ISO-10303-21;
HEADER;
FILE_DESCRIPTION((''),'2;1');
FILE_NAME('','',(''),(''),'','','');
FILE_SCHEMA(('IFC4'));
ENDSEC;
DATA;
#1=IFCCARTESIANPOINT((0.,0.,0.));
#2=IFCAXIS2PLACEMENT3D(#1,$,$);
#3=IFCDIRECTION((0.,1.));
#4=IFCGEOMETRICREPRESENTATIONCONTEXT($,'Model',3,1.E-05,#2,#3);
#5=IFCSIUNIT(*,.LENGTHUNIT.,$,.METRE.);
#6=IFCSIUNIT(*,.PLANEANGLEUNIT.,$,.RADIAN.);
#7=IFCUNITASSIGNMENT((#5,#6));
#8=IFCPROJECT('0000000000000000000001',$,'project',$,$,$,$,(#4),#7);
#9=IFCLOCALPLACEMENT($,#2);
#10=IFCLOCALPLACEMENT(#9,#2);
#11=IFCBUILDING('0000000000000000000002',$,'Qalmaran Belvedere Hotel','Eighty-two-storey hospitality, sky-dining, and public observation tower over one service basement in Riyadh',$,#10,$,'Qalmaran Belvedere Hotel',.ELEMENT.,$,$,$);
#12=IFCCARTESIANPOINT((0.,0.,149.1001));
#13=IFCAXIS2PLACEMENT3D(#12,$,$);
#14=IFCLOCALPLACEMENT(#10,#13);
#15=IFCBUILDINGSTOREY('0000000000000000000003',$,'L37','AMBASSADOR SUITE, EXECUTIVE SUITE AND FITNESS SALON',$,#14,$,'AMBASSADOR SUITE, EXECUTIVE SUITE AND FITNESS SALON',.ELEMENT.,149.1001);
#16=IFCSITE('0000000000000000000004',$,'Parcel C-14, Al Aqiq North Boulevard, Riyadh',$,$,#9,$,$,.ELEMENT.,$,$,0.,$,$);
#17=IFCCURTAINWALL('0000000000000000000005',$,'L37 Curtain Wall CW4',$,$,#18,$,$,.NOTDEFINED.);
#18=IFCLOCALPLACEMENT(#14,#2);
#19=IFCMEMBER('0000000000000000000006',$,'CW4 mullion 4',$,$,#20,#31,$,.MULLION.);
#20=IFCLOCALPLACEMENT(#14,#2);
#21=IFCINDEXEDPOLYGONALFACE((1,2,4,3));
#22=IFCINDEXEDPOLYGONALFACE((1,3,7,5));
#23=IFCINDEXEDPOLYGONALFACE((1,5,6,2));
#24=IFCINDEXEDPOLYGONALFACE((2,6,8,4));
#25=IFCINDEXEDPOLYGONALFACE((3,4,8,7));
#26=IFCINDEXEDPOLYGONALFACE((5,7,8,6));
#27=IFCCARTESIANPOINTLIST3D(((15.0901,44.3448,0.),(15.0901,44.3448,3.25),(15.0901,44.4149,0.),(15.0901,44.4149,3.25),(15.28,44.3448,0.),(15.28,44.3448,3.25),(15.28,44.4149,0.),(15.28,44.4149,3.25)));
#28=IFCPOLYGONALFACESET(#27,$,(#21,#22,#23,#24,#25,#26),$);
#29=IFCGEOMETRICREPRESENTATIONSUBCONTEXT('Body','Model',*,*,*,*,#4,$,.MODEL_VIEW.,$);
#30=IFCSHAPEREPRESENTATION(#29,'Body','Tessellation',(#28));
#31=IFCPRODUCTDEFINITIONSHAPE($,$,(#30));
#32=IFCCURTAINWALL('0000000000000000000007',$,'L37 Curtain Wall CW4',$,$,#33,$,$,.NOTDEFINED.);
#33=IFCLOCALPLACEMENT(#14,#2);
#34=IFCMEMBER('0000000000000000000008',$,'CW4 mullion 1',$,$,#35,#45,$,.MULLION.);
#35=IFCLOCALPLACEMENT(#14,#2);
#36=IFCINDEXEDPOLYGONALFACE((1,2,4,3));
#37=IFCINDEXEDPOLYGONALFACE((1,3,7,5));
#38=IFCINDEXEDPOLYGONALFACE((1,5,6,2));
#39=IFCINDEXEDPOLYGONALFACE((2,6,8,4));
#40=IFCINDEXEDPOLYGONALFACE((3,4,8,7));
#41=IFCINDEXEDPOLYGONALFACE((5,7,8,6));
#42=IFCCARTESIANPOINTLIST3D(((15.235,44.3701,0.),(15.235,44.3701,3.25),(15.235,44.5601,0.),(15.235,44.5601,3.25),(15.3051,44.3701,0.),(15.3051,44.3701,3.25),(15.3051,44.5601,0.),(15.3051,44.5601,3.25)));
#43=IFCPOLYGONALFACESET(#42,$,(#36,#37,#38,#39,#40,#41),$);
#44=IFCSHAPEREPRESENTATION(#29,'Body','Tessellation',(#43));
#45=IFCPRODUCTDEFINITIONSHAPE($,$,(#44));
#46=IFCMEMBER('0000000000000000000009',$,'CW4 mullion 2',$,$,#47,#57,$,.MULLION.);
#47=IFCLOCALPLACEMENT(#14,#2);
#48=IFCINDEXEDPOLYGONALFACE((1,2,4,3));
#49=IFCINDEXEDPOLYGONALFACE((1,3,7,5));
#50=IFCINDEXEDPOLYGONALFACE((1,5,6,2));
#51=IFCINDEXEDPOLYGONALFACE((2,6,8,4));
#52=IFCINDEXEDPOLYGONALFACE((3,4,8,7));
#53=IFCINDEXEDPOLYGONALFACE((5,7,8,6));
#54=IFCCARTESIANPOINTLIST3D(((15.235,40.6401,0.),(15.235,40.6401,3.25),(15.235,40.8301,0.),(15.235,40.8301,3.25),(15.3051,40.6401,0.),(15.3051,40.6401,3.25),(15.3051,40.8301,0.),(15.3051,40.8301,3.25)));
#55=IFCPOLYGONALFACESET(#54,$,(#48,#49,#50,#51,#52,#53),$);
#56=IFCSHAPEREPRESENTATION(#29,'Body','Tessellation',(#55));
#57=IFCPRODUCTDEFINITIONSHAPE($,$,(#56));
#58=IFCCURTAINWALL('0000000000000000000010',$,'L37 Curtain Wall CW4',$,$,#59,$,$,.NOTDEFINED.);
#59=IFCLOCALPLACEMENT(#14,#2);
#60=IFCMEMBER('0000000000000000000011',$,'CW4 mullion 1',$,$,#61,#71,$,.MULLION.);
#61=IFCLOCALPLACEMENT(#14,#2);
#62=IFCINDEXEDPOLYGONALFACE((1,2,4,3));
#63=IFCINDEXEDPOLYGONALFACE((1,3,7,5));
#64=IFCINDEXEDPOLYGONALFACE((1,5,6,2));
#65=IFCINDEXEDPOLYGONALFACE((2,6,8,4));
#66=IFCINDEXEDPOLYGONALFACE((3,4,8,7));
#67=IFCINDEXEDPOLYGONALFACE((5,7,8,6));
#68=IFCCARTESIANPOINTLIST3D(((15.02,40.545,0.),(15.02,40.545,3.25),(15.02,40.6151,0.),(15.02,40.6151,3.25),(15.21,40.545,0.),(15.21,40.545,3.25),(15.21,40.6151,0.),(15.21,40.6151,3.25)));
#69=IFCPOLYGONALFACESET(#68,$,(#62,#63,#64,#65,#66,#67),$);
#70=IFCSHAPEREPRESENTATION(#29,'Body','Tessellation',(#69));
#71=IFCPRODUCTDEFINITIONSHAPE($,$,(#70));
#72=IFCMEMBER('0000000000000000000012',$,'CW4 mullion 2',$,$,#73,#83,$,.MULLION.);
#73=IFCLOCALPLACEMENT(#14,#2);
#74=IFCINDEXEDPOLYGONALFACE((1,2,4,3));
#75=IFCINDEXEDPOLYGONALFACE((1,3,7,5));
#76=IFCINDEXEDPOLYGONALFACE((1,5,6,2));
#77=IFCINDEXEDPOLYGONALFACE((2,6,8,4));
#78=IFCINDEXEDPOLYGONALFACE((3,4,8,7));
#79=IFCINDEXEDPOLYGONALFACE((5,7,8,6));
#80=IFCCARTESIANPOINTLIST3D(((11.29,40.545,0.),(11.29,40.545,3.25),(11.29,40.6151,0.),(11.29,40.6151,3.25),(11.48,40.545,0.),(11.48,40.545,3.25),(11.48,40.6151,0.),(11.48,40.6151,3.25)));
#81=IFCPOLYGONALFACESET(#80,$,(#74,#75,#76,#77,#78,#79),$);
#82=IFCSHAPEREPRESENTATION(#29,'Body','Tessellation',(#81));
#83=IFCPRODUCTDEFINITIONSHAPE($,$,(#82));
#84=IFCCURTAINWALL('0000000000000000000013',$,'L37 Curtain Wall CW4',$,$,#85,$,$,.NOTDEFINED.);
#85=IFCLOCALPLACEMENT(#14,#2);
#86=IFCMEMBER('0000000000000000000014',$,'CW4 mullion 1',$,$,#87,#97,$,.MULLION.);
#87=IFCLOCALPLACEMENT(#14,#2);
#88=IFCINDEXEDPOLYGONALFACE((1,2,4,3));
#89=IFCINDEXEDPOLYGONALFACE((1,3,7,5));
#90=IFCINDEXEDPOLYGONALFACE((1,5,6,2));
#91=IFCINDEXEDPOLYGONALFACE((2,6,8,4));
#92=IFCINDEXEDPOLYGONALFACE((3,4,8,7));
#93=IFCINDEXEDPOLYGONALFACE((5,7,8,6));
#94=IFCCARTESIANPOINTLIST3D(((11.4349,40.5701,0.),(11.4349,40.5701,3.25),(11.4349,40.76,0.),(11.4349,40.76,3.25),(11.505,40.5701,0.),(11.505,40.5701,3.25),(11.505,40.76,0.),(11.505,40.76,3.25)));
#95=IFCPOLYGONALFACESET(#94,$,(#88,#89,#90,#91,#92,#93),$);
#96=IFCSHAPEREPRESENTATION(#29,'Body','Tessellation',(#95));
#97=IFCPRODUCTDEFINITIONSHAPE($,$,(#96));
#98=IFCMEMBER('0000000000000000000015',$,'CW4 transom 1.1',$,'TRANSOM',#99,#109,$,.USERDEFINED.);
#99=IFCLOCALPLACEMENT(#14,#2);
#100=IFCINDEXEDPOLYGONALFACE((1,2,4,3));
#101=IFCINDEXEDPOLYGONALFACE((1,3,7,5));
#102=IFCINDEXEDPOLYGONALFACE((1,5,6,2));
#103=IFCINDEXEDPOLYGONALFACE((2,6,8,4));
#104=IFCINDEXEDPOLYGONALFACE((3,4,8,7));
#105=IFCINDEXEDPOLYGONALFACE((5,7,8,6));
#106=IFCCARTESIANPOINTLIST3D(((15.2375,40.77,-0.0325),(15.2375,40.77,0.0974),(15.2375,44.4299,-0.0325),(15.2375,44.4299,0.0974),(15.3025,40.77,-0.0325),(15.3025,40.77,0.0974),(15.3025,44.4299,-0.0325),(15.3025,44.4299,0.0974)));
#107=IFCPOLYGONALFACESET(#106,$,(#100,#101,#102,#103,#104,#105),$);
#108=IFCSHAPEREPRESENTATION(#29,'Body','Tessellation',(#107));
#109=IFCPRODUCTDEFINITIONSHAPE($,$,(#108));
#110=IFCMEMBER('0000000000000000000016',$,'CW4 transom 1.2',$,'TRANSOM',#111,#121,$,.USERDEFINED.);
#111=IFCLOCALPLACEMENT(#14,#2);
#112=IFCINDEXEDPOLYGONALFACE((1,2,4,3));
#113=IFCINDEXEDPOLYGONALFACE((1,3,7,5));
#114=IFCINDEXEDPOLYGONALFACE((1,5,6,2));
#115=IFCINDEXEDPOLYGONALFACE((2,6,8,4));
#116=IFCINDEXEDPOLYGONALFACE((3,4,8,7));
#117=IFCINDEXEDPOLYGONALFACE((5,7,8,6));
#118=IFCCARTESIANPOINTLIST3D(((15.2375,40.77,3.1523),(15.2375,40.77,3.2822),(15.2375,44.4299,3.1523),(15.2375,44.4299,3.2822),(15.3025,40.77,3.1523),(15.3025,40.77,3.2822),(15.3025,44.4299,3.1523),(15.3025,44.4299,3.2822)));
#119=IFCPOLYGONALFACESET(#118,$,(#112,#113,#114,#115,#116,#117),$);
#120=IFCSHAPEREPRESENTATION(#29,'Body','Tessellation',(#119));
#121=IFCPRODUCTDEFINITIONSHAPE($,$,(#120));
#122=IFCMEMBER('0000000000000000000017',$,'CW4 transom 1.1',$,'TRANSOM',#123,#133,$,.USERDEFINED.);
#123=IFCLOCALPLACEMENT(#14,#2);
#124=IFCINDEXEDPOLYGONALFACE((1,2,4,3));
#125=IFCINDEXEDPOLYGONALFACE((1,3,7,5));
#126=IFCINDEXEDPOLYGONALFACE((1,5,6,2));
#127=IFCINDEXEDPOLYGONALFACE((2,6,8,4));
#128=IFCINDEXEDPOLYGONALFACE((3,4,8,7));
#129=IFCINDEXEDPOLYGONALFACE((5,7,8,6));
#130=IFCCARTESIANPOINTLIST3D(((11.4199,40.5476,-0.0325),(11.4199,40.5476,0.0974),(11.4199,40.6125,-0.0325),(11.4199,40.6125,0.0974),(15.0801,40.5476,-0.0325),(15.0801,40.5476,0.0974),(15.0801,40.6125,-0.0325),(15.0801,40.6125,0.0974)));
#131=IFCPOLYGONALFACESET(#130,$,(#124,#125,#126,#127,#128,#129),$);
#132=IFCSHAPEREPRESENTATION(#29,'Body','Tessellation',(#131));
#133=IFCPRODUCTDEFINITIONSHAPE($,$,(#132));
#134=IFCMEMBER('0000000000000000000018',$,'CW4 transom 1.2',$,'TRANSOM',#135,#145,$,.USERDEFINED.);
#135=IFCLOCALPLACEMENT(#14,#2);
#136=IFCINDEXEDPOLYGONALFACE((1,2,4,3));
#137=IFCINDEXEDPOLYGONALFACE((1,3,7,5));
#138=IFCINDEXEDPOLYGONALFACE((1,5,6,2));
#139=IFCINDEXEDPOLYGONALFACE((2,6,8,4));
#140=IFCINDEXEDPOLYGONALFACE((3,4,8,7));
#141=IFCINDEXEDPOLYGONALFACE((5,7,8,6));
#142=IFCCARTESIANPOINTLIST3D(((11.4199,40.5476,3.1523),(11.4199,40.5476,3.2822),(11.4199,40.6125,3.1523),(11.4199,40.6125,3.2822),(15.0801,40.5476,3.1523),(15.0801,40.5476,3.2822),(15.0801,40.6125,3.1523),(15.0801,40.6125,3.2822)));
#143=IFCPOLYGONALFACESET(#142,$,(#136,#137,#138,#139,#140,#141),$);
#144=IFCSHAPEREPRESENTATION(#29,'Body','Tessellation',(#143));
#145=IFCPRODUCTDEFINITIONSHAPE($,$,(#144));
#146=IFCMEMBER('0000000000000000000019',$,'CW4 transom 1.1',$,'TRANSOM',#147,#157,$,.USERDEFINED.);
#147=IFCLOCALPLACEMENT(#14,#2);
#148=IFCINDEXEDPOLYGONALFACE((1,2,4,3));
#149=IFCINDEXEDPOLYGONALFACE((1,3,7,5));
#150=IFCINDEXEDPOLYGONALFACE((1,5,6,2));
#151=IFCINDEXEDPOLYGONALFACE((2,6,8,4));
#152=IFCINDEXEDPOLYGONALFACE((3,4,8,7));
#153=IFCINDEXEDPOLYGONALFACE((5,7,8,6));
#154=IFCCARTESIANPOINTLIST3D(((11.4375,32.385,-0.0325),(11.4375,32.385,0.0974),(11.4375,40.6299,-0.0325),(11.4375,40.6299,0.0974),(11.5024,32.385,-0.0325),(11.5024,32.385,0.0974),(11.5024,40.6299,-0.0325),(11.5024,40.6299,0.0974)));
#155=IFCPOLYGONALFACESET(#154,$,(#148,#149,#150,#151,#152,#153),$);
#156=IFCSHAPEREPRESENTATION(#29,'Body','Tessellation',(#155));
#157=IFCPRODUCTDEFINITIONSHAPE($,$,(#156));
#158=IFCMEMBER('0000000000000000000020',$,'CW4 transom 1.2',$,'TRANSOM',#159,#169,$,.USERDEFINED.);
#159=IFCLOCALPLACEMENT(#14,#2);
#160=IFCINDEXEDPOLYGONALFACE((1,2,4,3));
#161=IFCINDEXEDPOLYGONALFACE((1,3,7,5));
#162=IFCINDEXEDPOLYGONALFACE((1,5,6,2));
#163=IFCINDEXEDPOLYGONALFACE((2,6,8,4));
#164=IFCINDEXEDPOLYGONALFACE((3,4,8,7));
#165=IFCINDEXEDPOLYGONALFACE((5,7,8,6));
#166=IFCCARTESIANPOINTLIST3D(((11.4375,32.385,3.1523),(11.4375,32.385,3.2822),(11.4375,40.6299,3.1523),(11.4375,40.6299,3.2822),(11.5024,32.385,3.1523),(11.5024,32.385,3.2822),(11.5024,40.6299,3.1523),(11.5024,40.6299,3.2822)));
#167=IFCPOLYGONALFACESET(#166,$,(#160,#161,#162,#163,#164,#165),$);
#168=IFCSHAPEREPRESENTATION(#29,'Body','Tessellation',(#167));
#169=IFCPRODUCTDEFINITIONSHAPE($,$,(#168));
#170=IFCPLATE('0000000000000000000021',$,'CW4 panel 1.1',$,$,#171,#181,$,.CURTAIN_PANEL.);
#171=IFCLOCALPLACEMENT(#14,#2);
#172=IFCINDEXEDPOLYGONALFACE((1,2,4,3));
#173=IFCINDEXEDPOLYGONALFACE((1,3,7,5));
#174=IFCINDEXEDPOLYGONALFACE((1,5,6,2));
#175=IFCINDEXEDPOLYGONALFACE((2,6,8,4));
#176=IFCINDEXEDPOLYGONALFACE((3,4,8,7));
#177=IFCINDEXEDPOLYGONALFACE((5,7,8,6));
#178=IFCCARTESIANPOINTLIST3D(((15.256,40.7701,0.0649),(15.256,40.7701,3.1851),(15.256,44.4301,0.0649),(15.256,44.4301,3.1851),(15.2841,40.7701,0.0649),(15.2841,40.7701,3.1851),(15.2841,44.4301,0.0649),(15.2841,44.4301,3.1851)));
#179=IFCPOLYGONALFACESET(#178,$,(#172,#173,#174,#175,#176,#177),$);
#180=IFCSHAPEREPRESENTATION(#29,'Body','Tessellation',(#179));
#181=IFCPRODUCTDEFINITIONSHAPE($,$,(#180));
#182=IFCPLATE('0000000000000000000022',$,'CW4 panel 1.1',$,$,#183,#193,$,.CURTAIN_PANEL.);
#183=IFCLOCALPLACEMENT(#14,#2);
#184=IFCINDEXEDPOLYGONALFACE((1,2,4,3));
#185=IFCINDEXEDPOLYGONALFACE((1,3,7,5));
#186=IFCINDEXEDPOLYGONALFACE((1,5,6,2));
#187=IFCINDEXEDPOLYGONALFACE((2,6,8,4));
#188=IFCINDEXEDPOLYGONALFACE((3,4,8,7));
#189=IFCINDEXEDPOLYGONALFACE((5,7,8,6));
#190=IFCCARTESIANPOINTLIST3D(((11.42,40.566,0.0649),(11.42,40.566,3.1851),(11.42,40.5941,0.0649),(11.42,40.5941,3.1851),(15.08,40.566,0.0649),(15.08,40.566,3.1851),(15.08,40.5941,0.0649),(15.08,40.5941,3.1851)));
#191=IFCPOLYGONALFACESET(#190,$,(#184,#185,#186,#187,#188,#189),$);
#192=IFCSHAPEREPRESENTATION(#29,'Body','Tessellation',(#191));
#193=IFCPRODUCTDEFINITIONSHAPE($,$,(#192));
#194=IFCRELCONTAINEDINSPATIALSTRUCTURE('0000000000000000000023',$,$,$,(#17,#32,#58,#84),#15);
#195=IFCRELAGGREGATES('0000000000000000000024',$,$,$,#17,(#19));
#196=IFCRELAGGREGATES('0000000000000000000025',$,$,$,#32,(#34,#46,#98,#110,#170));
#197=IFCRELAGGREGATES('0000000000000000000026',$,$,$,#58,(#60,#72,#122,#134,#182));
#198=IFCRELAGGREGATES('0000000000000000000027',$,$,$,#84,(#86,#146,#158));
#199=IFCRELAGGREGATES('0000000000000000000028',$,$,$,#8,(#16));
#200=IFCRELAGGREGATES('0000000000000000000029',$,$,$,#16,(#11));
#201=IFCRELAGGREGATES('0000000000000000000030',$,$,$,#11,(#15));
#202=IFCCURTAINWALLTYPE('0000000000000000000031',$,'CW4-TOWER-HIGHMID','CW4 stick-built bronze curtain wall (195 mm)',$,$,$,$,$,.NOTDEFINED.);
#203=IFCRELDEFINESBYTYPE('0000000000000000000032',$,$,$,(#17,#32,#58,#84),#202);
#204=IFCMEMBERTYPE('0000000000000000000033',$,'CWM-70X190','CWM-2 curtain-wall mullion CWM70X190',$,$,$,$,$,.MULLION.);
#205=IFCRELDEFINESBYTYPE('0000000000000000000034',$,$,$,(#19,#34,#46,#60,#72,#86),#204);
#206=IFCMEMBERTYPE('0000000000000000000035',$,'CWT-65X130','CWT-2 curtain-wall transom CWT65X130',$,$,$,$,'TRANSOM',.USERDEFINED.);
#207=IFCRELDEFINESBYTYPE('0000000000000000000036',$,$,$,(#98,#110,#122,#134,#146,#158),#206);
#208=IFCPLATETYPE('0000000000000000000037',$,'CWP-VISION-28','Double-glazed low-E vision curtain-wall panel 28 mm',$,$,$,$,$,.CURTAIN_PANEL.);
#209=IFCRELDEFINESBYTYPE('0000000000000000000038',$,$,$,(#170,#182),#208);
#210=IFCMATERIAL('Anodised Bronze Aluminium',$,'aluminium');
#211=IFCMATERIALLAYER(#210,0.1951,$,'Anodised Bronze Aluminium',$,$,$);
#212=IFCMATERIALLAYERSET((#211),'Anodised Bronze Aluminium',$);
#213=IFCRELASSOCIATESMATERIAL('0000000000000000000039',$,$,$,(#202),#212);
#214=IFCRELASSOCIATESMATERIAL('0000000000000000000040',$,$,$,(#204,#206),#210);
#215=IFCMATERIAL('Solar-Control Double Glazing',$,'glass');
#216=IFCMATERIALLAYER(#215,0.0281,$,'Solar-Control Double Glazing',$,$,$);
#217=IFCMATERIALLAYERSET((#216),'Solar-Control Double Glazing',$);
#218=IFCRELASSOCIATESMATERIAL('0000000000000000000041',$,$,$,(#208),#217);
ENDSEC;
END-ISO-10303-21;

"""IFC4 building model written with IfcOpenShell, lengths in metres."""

from ifc_helpers import new_model, si_unit, direction, frame, origin, origin_2d, place, context, subcontext, project, spatial, rectangle, extrude, material, layer, layer_set, material_profile, profile_set, type_object, element, aggregate, save


model = new_model("IFC4")

# Units and contexts
model_context = context("Model", 3, precision=1e-05, world=origin(), true_north=direction((0.0, 1.0)))
body_context = subcontext(model_context, "Body", "Model", "MODEL_VIEW")
ifc_project = project(units=[si_unit("LENGTHUNIT", "METRE"), si_unit("PLANEANGLEUNIT", "RADIAN")], contexts=[model_context])

# Site, building, storey
site_placement = place(None, origin())
site = spatial("IfcSite", under=ifc_project, at=site_placement, Name="Parcel C-14, Al Aqiq North Boulevard, Riyadh", CompositionType="ELEMENT", RefElevation=0.0)
building_placement = place(site_placement, origin())
building = spatial("IfcBuilding", under=site, at=building_placement, Name="Qalmaran Belvedere Hotel", Description="Eighty-two-storey hospitality, sky-dining, and public observation tower over one service basement in Riyadh", LongName="Qalmaran Belvedere Hotel", CompositionType="ELEMENT")
storey_placement = place(building_placement, frame((0.0, 0.0, 149.1001)))
storey = spatial("IfcBuildingStorey", under=building, at=storey_placement, Name="L37", Description="AMBASSADOR SUITE, EXECUTIVE SUITE AND FITNESS SALON", LongName="AMBASSADOR SUITE, EXECUTIVE SUITE AND FITNESS SALON", CompositionType="ELEMENT", Elevation=149.1001)

# Curtain wall, member
ifc_material_1 = material(Name="Anodised Bronze Aluminium", Category="aluminium")
ifc_layer_1 = layer(ifc_material_1, 0.1951, Name="Anodised Bronze Aluminium")
ifc_layer_set_1 = layer_set([ifc_layer_1], Name="Anodised Bronze Aluminium")
curtain_wall_type = type_object("IfcCurtainWallType", Name="CW4-TOWER-HIGHMID", Description="CW4 stick-built bronze curtain wall (195 mm)", PredefinedType="NOTDEFINED", material=ifc_layer_set_1)
curtain_wall_1_placement = place(storey_placement, origin())
curtain_wall_1 = element("IfcCurtainWall", 1, at=curtain_wall_1_placement, inside=storey, type_object=curtain_wall_type, Name="L37 Curtain Wall CW4", PredefinedType="NOTDEFINED")
ifc_material_profile_1 = material_profile(ifc_material_1, rectangle(XDim=0.0701, YDim=0.1899, at=origin_2d()), Name="CWM70X190")
ifc_profile_set_1 = profile_set([ifc_material_profile_1], Name="Anodised Bronze Aluminium")
member_type_1 = type_object("IfcMemberType", Name="CWM-70X190", Description="CWM-2 curtain-wall mullion CWM70X190", PredefinedType="MULLION", material=ifc_profile_set_1)
member_1_placement = place(storey_placement, frame((15.1851, 44.3799, 0.0), z_axis=(0.0, 0.0, 1.0), x_axis=(0.0, -1.0, 0.0)))
member_1 = element("IfcMember", 2, at=member_1_placement, type_object=member_type_1, Name="CW4 mullion 4", PredefinedType="MULLION", context=body_context, shape_type="SweptSolid", body=[
    extrude(rectangle(XDim=0.0701, YDim=0.1899, at=origin_2d()), origin(), (0.0, 0.0, 1.0), 3.25),
])
aggregate(curtain_wall_1, [member_1])

# Curtain walls, members
curtain_wall_2_placement = place(storey_placement, origin())
curtain_wall_2 = element("IfcCurtainWall", 3, at=curtain_wall_2_placement, inside=storey, type_object=curtain_wall_type, Name="L37 Curtain Wall CW4", PredefinedType="NOTDEFINED")
member_2_placement = place(storey_placement, frame((15.27, 44.4651, 0.0), z_axis=(0.0, 0.0, 1.0), x_axis=(1.0, 0.0, 0.0)))
member_2 = element("IfcMember", 4, at=member_2_placement, type_object=member_type_1, Name="CW4 mullion 1", PredefinedType="MULLION", context=body_context, shape_type="SweptSolid", body=[
    extrude(rectangle(XDim=0.0701, YDim=0.1899, at=origin_2d()), origin(), (0.0, 0.0, 1.0), 3.25),
])
member_3_placement = place(storey_placement, frame((15.27, 40.7351, 0.0), z_axis=(0.0, 0.0, 1.0), x_axis=(1.0, 0.0, 0.0)))
member_3 = element("IfcMember", 5, at=member_3_placement, type_object=member_type_1, Name="CW4 mullion 2", PredefinedType="MULLION", context=body_context, shape_type="SweptSolid", body=[
    extrude(rectangle(XDim=0.0701, YDim=0.1899, at=origin_2d()), origin(), (0.0, 0.0, 1.0), 3.25),
])
curtain_wall_3_placement = place(storey_placement, origin())
curtain_wall_3 = element("IfcCurtainWall", 6, at=curtain_wall_3_placement, inside=storey, type_object=curtain_wall_type, Name="L37 Curtain Wall CW4", PredefinedType="NOTDEFINED")
member_4_placement = place(storey_placement, frame((15.115, 40.5801, 0.0), z_axis=(0.0, 0.0, 1.0), x_axis=(0.0, -1.0, 0.0)))
member_4 = element("IfcMember", 7, at=member_4_placement, type_object=member_type_1, Name="CW4 mullion 1", PredefinedType="MULLION", context=body_context, shape_type="SweptSolid", body=[
    extrude(rectangle(XDim=0.0701, YDim=0.1899, at=origin_2d()), origin(), (0.0, 0.0, 1.0), 3.25),
])
member_5_placement = place(storey_placement, frame((11.385, 40.5801, 0.0), z_axis=(0.0, 0.0, 1.0), x_axis=(0.0, -1.0, 0.0)))
member_5 = element("IfcMember", 8, at=member_5_placement, type_object=member_type_1, Name="CW4 mullion 2", PredefinedType="MULLION", context=body_context, shape_type="SweptSolid", body=[
    extrude(rectangle(XDim=0.0701, YDim=0.1899, at=origin_2d()), origin(), (0.0, 0.0, 1.0), 3.25),
])

# Curtain wall, member
curtain_wall_4_placement = place(storey_placement, origin())
curtain_wall_4 = element("IfcCurtainWall", 9, at=curtain_wall_4_placement, inside=storey, type_object=curtain_wall_type, Name="L37 Curtain Wall CW4", PredefinedType="NOTDEFINED")
member_6_placement = place(storey_placement, frame((11.47, 40.665, 0.0), z_axis=(0.0, 0.0, 1.0), x_axis=(1.0, 0.0, 0.0)))
member_6 = element("IfcMember", 10, at=member_6_placement, type_object=member_type_1, Name="CW4 mullion 1", PredefinedType="MULLION", context=body_context, shape_type="SweptSolid", body=[
    extrude(rectangle(XDim=0.0701, YDim=0.1899, at=origin_2d()), origin(), (0.0, 0.0, 1.0), 3.25),
])

# Members
ifc_material_profile_2 = material_profile(ifc_material_1, rectangle(XDim=0.0649, YDim=0.1299, at=origin_2d()), Name="CWT65X130")
ifc_profile_set_2 = profile_set([ifc_material_profile_2], Name="Anodised Bronze Aluminium")
member_type_2 = type_object("IfcMemberType", Name="CWT-65X130", Description="CWT-2 curtain-wall transom CWT65X130", ElementType="TRANSOM", PredefinedType="USERDEFINED", material=ifc_profile_set_2)
member_7_placement = place(storey_placement, frame((15.27, 44.4299, 0.0325), z_axis=(0.0, -1.0, 0.0), x_axis=(1.0, 0.0, 0.0)))
member_7 = element("IfcMember", 11, at=member_7_placement, type_object=member_type_2, Name="CW4 transom 1.1", ObjectType="TRANSOM", PredefinedType="USERDEFINED", context=body_context, shape_type="SweptSolid", body=[
    extrude(rectangle(XDim=0.0649, YDim=0.1299, at=origin_2d()), origin(), (0.0, 0.0, 1.0), 3.6599),
])
member_8_placement = place(storey_placement, frame((15.27, 44.4299, 3.2173), z_axis=(0.0, -1.0, 0.0), x_axis=(1.0, 0.0, 0.0)))
member_8 = element("IfcMember", 12, at=member_8_placement, type_object=member_type_2, Name="CW4 transom 1.2", ObjectType="TRANSOM", PredefinedType="USERDEFINED", context=body_context, shape_type="SweptSolid", body=[
    extrude(rectangle(XDim=0.0649, YDim=0.1299, at=origin_2d()), origin(), (0.0, 0.0, 1.0), 3.6599),
])
member_9_placement = place(storey_placement, frame((15.0801, 40.5801, 0.0325), z_axis=(-1.0, 0.0, 0.0), x_axis=(0.0, -1.0, 0.0)))
member_9 = element("IfcMember", 13, at=member_9_placement, type_object=member_type_2, Name="CW4 transom 1.1", ObjectType="TRANSOM", PredefinedType="USERDEFINED", context=body_context, shape_type="SweptSolid", body=[
    extrude(rectangle(XDim=0.0649, YDim=0.1299, at=origin_2d()), origin(), (0.0, 0.0, 1.0), 3.6602),
])
member_10_placement = place(storey_placement, frame((15.0801, 40.5801, 3.2173), z_axis=(-1.0, 0.0, 0.0), x_axis=(0.0, -1.0, 0.0)))
member_10 = element("IfcMember", 14, at=member_10_placement, type_object=member_type_2, Name="CW4 transom 1.2", ObjectType="TRANSOM", PredefinedType="USERDEFINED", context=body_context, shape_type="SweptSolid", body=[
    extrude(rectangle(XDim=0.0649, YDim=0.1299, at=origin_2d()), origin(), (0.0, 0.0, 1.0), 3.6602),
])
member_11_placement = place(storey_placement, frame((11.47, 40.6299, 0.0325), z_axis=(0.0, -1.0, 0.0), x_axis=(1.0, 0.0, 0.0)))
member_11 = element("IfcMember", 15, at=member_11_placement, type_object=member_type_2, Name="CW4 transom 1.1", ObjectType="TRANSOM", PredefinedType="USERDEFINED", context=body_context, shape_type="SweptSolid", body=[
    extrude(rectangle(XDim=0.0649, YDim=0.1299, at=origin_2d()), origin(), (0.0, 0.0, 1.0), 8.2449),
])
member_12_placement = place(storey_placement, frame((11.47, 40.6299, 3.2173), z_axis=(0.0, -1.0, 0.0), x_axis=(1.0, 0.0, 0.0)))
member_12 = element("IfcMember", 16, at=member_12_placement, type_object=member_type_2, Name="CW4 transom 1.2", ObjectType="TRANSOM", PredefinedType="USERDEFINED", context=body_context, shape_type="SweptSolid", body=[
    extrude(rectangle(XDim=0.0649, YDim=0.1299, at=origin_2d()), origin(), (0.0, 0.0, 1.0), 8.2449),
])

# Plates
ifc_material_2 = material(Name="Solar-Control Double Glazing", Category="glass")
ifc_layer_2 = layer(ifc_material_2, 0.0281, Name="Solar-Control Double Glazing")
ifc_layer_set_2 = layer_set([ifc_layer_2], Name="Solar-Control Double Glazing")
plate_type = type_object("IfcPlateType", Name="CWP-VISION-28", Description="Double-glazed low-E vision curtain-wall panel 28 mm", PredefinedType="CURTAIN_PANEL", material=ifc_layer_set_2)
plate_1_placement = place(storey_placement, frame((15.27, 42.6001, 0.0649), z_axis=(0.0, 0.0, 1.0), x_axis=(0.0, -1.0, 0.0)))
plate_1 = element("IfcPlate", 17, at=plate_1_placement, type_object=plate_type, Name="CW4 panel 1.1", PredefinedType="CURTAIN_PANEL", context=body_context, shape_type="SweptSolid", body=[
    extrude(rectangle(XDim=3.6599, YDim=0.0281, at=origin_2d()), origin(), (0.0, 0.0, 1.0), 3.1201),
])
aggregate(curtain_wall_2, [member_2, member_3, member_7, member_8, plate_1])
plate_2_placement = place(storey_placement, frame((13.25, 40.5801, 0.0649), z_axis=(0.0, 0.0, 1.0), x_axis=(-1.0, 0.0, 0.0)))
plate_2 = element("IfcPlate", 18, at=plate_2_placement, type_object=plate_type, Name="CW4 panel 1.1", PredefinedType="CURTAIN_PANEL", context=body_context, shape_type="SweptSolid", body=[
    extrude(rectangle(XDim=3.6599, YDim=0.0281, at=origin_2d()), origin(), (0.0, 0.0, 1.0), 3.1201),
])
aggregate(curtain_wall_3, [member_4, member_5, member_9, member_10, plate_2])
aggregate(curtain_wall_4, [member_6, member_11, member_12])

save(model, "model.ifc")
